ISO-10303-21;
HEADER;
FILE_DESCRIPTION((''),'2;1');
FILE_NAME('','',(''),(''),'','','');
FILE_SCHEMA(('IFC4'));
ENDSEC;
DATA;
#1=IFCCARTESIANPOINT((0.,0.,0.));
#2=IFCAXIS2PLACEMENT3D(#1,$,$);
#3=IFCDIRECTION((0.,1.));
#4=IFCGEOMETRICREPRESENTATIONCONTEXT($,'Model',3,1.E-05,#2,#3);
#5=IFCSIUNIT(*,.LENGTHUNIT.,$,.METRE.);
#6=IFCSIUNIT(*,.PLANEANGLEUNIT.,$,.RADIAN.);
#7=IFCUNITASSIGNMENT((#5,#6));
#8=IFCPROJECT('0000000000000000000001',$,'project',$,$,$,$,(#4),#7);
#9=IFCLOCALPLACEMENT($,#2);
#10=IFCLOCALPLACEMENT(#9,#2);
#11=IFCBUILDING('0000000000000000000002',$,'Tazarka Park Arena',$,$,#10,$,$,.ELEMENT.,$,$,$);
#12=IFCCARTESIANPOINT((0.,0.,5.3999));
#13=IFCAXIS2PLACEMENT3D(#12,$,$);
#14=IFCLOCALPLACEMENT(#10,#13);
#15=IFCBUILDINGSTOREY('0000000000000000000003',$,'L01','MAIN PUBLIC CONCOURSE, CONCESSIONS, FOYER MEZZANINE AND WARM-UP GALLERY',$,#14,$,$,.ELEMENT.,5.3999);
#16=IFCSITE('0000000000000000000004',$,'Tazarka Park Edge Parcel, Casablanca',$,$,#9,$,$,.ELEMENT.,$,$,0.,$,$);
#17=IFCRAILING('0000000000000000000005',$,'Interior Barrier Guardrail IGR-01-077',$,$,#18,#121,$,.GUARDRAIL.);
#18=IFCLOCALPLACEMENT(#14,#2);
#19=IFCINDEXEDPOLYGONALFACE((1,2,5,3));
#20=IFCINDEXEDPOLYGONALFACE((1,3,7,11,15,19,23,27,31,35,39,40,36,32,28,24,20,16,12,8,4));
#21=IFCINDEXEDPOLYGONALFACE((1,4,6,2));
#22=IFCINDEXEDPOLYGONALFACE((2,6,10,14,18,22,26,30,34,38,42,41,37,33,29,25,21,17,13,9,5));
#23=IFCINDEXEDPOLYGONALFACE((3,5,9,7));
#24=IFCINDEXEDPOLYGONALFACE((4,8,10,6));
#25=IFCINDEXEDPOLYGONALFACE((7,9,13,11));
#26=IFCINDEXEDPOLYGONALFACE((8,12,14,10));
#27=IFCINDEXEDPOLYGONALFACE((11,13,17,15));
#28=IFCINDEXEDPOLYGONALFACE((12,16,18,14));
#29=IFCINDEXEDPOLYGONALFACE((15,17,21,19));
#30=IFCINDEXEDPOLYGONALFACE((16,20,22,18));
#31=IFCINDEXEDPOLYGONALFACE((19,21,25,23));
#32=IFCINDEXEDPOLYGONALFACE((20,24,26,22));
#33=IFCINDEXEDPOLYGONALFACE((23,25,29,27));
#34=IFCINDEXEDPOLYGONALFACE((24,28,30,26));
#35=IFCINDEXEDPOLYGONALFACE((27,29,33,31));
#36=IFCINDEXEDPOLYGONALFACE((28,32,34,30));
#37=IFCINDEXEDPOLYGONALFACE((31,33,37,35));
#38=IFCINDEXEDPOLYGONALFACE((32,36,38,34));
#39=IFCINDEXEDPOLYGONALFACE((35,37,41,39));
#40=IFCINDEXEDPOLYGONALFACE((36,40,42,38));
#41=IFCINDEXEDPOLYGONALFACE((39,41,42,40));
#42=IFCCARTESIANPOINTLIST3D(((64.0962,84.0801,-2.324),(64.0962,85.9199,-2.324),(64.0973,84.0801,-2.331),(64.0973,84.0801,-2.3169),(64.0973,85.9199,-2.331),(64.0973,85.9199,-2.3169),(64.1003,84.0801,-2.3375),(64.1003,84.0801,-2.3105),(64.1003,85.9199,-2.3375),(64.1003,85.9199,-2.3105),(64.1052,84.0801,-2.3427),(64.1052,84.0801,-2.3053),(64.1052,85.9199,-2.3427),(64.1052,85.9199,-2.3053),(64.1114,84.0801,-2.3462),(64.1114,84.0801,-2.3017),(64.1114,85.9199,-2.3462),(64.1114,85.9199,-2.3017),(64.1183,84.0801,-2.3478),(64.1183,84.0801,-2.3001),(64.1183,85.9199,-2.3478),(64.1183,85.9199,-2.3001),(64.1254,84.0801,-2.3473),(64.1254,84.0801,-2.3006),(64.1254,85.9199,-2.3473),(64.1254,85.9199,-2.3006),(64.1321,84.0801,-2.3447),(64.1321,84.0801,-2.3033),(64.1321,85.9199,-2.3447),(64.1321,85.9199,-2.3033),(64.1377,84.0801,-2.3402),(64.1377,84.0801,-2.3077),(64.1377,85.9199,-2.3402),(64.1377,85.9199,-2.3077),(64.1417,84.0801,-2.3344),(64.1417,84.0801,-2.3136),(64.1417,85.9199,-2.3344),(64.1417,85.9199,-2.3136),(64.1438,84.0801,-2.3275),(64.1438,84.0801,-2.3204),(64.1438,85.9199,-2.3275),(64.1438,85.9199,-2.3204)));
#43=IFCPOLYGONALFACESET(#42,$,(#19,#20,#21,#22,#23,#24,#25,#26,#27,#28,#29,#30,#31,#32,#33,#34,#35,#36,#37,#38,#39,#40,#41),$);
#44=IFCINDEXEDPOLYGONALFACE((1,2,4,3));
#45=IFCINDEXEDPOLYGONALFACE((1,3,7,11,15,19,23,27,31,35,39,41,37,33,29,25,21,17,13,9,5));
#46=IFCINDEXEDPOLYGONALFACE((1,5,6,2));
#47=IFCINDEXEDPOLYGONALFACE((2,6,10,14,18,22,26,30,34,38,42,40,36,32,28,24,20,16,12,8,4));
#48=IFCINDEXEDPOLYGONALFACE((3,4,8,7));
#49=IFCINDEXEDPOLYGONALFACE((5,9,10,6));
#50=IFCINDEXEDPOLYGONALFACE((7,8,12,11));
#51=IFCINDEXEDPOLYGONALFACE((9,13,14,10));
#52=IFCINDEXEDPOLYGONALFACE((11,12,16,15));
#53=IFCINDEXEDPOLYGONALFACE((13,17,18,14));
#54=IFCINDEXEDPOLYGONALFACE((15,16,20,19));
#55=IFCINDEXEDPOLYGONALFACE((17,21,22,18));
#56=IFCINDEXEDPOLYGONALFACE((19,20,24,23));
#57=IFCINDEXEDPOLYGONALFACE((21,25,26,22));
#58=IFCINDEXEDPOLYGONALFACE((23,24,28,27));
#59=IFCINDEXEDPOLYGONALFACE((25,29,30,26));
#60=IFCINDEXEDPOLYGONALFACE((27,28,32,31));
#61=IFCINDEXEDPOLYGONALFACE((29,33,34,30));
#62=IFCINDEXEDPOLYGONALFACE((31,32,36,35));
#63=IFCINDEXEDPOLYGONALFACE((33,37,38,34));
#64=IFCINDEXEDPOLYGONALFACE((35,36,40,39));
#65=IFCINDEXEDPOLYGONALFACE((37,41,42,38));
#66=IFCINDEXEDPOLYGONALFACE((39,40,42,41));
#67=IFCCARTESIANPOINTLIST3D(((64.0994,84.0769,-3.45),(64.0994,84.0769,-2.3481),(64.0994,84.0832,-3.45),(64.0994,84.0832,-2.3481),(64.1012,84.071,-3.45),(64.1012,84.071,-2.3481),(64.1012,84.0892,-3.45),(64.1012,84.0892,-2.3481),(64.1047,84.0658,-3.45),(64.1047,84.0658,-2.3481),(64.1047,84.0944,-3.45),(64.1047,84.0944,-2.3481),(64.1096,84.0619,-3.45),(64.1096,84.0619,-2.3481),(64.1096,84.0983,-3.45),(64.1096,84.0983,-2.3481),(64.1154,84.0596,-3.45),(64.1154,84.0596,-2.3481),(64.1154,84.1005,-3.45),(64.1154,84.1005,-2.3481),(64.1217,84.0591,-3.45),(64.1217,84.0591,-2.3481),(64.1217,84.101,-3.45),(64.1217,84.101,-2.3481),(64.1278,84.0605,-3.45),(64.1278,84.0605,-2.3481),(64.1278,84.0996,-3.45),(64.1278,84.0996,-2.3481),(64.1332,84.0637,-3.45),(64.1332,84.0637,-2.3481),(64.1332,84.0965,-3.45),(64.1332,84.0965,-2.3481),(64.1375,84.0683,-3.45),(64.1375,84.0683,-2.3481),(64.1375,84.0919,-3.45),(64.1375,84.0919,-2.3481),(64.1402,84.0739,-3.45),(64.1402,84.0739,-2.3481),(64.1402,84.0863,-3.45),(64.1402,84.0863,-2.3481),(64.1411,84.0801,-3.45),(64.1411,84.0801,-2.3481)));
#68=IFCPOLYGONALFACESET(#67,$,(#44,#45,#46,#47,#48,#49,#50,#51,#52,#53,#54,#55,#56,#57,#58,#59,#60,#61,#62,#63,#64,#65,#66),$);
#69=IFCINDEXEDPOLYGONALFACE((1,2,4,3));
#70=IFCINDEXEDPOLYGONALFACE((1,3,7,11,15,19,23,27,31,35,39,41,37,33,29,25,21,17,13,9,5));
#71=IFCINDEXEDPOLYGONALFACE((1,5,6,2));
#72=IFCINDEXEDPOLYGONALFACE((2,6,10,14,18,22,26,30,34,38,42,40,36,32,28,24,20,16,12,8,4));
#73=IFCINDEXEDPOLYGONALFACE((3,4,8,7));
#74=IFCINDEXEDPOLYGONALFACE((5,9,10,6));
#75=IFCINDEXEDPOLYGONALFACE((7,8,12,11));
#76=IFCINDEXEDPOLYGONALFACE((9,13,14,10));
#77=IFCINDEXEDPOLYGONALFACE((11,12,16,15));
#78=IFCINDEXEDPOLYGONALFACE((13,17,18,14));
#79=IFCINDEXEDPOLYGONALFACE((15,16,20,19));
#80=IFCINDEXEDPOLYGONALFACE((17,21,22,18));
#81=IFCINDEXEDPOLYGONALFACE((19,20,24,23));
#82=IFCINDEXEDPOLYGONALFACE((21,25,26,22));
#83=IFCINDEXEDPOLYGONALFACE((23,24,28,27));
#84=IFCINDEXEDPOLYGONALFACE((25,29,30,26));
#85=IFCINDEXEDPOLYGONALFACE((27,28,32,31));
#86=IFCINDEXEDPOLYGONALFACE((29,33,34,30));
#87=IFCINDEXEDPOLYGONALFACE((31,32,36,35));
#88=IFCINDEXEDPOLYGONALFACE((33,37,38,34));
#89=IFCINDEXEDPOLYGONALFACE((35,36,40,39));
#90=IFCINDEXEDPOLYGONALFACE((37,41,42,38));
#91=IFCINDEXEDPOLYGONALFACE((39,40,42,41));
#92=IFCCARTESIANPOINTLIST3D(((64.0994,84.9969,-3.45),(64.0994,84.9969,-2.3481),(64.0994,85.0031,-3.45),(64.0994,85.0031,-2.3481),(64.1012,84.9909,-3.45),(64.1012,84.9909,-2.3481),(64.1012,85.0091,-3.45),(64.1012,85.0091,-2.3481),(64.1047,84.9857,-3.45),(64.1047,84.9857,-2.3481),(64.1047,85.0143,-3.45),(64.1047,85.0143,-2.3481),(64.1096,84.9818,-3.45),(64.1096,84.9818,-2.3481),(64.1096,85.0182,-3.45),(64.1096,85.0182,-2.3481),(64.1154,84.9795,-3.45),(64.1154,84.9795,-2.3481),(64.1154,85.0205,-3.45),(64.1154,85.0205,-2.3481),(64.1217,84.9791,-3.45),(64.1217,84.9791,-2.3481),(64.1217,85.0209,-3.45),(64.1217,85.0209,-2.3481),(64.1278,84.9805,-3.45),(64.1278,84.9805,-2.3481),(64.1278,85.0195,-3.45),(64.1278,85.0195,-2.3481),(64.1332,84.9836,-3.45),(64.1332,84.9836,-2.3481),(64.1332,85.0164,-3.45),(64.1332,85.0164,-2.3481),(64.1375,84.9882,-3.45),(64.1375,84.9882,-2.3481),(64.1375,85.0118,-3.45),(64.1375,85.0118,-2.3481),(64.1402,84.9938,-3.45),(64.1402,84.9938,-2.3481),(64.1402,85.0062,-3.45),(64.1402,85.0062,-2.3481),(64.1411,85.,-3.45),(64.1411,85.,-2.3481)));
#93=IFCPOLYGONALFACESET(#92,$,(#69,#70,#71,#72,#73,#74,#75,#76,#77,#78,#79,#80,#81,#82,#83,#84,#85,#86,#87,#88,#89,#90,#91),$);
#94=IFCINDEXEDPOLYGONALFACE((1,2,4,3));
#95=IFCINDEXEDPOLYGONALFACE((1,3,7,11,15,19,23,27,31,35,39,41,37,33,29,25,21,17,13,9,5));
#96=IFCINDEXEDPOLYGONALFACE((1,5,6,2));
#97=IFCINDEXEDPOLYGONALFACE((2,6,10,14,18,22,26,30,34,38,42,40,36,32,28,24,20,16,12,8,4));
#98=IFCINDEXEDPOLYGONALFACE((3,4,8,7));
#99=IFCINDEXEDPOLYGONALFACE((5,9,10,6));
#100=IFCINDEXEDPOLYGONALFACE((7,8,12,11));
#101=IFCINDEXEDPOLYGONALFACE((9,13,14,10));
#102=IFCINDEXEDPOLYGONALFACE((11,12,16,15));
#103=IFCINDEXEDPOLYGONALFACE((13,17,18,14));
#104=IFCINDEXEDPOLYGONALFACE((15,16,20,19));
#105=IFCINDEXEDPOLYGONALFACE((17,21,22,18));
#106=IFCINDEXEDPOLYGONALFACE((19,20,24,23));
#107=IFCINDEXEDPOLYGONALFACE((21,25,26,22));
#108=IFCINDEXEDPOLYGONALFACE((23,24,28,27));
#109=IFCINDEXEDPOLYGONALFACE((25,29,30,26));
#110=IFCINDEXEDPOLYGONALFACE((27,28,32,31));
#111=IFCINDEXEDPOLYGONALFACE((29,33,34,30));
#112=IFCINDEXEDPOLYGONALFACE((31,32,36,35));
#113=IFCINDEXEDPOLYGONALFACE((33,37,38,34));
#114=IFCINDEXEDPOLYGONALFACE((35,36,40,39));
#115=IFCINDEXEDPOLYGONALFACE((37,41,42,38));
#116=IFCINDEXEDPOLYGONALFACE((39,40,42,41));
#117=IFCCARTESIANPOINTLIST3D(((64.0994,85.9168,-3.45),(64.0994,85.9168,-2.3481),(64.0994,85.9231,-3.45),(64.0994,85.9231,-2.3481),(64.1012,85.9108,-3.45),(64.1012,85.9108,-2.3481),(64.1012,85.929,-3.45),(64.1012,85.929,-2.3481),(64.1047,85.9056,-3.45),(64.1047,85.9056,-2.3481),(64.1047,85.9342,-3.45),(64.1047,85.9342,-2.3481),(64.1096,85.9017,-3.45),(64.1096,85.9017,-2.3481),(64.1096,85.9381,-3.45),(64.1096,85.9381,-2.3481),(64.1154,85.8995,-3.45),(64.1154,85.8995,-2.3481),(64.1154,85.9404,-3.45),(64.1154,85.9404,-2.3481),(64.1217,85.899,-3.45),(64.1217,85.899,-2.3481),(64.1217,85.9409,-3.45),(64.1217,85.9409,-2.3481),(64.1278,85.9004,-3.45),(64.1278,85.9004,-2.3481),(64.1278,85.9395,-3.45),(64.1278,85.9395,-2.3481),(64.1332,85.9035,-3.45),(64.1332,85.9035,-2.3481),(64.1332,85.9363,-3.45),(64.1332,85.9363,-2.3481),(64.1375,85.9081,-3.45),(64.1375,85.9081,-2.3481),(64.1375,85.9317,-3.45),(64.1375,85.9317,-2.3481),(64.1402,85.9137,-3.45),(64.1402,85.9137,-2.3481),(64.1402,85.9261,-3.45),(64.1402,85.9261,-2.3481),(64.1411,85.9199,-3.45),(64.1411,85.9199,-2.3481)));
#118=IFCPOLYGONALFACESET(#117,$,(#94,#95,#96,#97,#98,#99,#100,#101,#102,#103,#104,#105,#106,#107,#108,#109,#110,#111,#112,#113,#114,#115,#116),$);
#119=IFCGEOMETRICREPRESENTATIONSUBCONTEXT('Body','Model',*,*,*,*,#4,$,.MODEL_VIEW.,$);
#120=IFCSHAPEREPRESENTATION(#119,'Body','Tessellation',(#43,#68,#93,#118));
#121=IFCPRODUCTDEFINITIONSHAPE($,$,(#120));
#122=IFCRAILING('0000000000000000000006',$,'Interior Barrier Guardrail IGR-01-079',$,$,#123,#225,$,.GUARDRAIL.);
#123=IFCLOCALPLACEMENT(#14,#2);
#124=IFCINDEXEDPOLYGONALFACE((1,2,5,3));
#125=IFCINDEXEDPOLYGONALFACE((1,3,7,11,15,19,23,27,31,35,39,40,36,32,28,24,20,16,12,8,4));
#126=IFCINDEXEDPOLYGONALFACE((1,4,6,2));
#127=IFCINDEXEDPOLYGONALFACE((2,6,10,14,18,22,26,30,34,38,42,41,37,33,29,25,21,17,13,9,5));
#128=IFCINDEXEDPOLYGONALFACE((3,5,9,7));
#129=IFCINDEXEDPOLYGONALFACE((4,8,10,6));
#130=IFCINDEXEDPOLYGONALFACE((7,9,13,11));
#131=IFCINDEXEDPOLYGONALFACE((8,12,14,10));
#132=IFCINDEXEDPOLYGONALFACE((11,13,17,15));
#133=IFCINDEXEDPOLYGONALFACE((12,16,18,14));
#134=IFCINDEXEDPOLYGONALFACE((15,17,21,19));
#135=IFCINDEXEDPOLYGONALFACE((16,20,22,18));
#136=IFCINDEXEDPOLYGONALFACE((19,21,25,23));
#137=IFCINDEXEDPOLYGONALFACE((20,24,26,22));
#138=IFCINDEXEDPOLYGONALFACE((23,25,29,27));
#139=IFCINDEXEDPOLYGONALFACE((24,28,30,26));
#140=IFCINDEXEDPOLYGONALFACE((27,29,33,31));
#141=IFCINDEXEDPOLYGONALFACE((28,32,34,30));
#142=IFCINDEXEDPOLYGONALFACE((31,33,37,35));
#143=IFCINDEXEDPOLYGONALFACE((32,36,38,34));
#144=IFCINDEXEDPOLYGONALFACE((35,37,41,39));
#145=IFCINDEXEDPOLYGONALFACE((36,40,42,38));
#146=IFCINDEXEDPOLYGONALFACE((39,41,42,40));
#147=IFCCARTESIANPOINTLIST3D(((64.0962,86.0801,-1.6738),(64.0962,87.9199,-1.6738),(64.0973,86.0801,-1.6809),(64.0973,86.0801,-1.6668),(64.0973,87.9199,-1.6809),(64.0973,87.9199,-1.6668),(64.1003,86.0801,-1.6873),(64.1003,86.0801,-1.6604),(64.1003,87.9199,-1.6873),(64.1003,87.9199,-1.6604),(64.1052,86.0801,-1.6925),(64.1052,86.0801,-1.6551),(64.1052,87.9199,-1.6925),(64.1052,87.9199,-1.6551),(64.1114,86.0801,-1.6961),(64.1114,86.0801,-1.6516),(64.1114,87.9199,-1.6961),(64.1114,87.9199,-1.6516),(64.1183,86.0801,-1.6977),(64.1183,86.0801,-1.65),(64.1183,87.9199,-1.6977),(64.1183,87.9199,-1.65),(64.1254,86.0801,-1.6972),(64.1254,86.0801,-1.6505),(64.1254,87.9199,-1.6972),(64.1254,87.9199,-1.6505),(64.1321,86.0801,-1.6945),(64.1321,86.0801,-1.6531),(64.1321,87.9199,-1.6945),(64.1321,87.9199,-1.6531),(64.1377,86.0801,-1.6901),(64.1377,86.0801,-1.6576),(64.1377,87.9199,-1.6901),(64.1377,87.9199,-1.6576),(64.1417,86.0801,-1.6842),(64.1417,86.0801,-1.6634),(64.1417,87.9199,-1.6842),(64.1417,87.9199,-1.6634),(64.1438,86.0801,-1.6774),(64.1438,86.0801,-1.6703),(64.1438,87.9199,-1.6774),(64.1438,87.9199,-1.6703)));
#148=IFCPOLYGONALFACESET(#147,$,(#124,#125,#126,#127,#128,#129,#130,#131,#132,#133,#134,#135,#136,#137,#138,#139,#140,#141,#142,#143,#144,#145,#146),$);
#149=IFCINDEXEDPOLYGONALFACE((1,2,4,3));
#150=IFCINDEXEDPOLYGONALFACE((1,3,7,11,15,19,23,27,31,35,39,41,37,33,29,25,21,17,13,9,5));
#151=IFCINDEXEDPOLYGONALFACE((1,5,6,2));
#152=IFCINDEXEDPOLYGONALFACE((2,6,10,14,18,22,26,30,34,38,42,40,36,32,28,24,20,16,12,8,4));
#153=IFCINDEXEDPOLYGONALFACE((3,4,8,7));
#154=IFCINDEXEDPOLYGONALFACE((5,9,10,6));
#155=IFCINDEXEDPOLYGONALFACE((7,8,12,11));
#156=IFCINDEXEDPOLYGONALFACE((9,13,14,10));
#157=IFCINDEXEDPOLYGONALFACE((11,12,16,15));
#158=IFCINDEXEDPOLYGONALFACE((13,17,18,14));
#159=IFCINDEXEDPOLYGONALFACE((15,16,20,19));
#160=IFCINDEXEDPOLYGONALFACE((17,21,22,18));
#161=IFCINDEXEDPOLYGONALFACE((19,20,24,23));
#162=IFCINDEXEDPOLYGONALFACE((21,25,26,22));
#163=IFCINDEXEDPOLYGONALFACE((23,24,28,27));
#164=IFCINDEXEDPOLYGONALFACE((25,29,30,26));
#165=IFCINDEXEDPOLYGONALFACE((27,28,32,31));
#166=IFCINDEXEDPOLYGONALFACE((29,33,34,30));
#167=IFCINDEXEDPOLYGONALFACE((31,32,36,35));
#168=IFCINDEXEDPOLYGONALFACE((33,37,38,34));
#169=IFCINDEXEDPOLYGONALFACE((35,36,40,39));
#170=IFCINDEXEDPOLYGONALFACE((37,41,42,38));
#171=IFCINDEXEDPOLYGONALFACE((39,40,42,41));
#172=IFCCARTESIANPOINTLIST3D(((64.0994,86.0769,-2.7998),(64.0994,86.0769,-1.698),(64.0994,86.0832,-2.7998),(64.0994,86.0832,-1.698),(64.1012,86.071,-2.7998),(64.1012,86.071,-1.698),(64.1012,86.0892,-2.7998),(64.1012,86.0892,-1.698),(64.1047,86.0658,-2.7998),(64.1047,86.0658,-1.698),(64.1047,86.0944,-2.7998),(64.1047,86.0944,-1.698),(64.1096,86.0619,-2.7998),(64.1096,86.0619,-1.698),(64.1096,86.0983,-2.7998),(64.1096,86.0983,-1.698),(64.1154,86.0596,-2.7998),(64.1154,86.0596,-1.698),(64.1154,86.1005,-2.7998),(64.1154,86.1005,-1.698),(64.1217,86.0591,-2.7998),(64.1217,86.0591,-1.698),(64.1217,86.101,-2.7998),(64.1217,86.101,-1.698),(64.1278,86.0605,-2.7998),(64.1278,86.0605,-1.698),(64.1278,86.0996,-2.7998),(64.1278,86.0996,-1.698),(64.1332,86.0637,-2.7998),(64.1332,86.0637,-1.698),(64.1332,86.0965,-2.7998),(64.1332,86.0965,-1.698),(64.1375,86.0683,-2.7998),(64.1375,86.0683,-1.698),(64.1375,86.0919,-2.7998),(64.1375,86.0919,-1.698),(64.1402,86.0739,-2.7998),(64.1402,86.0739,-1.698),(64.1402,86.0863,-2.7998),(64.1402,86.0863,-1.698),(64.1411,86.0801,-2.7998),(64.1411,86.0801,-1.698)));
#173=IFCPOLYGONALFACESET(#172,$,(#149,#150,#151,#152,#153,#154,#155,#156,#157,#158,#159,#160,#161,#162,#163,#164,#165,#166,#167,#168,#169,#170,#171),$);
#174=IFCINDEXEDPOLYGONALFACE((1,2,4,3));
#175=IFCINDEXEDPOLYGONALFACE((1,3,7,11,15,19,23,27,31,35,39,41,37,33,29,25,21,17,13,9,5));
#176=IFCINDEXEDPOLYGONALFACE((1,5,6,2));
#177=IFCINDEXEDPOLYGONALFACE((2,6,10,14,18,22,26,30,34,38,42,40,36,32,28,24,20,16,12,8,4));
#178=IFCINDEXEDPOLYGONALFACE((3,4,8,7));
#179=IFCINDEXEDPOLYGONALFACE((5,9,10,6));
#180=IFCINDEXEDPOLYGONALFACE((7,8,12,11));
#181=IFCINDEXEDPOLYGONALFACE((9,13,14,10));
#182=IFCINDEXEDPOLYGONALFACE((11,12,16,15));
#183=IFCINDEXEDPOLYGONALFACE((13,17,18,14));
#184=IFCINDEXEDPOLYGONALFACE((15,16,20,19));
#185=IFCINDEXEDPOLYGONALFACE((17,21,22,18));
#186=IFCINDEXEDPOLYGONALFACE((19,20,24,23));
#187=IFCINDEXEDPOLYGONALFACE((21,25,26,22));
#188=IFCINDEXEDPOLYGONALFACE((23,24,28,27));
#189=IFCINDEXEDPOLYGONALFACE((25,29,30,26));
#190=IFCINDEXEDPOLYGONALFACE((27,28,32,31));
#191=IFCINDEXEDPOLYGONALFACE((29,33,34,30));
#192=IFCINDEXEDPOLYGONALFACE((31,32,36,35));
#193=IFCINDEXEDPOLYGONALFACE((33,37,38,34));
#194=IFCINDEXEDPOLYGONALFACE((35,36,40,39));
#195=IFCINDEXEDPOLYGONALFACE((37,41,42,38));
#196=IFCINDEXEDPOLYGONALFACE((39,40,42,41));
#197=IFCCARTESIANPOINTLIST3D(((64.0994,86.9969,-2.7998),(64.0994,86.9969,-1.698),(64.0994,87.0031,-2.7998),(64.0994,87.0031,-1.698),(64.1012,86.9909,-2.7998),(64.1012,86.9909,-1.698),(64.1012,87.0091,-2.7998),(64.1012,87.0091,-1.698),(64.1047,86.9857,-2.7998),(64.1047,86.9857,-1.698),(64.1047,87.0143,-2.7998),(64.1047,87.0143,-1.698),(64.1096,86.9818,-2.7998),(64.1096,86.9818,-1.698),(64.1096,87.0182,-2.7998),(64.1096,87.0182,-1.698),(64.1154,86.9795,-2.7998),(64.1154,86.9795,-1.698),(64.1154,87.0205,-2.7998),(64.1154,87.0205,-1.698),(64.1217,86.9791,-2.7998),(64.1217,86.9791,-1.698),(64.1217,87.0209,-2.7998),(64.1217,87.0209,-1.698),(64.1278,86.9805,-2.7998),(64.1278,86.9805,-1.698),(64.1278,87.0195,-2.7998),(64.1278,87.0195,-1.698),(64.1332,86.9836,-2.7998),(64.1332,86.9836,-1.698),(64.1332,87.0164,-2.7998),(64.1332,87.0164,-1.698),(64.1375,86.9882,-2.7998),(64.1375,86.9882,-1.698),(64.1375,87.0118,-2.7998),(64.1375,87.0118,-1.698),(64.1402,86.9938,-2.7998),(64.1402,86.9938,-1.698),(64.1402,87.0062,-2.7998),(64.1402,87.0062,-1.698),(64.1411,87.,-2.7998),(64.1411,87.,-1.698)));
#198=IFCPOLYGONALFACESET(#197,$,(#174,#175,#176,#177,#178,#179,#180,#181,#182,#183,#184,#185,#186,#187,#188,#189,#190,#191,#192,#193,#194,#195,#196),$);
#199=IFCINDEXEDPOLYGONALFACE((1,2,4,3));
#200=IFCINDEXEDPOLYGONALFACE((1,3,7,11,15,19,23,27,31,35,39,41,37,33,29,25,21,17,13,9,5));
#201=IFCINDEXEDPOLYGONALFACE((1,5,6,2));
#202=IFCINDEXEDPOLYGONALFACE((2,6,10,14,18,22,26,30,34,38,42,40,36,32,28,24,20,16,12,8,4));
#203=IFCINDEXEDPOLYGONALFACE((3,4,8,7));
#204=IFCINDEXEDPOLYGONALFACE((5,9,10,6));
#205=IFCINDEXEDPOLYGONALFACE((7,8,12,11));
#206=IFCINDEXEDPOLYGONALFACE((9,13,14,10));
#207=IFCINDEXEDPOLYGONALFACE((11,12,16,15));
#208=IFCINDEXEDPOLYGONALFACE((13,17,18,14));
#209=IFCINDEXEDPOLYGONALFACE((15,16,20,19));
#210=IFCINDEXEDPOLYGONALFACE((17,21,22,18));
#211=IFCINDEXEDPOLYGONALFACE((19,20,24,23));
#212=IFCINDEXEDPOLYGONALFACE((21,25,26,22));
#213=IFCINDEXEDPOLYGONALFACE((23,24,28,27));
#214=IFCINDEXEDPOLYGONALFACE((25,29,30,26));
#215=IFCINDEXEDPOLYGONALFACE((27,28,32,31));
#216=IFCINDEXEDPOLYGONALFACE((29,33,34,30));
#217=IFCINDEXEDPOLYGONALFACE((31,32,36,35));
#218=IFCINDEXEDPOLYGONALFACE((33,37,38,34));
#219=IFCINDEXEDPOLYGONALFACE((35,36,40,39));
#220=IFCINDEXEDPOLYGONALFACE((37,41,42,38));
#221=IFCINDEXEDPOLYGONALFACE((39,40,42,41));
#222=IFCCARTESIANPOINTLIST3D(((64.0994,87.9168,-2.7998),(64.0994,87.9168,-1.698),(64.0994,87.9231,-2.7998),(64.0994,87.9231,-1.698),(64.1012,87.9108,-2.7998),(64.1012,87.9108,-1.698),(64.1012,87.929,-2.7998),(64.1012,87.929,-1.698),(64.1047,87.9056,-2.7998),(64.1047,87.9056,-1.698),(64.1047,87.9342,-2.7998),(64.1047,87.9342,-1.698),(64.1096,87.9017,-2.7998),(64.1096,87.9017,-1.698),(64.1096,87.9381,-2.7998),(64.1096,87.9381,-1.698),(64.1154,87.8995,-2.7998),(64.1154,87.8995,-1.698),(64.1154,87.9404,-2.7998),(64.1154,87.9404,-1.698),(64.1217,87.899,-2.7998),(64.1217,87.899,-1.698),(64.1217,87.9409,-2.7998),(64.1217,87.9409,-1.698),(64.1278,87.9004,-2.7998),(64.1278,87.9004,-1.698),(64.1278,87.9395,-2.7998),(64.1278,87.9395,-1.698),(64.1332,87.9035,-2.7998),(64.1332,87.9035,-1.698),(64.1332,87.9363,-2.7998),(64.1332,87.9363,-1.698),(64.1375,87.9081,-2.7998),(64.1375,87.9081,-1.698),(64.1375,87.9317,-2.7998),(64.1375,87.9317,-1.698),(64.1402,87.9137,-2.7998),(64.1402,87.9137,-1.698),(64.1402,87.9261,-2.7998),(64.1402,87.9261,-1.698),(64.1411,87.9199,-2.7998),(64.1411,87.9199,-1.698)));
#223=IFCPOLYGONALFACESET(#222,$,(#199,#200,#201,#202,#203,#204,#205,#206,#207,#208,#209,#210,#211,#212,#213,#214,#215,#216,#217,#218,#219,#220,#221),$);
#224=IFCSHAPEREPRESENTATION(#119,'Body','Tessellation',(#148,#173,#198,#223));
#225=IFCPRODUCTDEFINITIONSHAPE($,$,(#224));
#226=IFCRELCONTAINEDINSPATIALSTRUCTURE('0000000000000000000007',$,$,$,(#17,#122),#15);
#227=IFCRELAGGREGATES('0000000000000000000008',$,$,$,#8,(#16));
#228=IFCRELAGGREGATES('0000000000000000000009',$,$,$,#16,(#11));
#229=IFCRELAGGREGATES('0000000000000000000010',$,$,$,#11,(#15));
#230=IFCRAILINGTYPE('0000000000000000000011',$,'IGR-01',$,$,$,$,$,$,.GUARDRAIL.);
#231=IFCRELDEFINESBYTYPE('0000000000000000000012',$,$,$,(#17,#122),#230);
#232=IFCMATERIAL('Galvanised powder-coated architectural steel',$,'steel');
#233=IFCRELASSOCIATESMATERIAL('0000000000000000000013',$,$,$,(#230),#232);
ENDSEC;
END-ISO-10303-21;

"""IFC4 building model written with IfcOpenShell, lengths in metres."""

from ifc_helpers import new_model, si_unit, direction, frame, origin, origin_2d, place, context, subcontext, project, spatial, circle, extrude, material, type_object, element, save


model = new_model("IFC4")

# Units and contexts
model_context = context("Model", 3, precision=1e-05, world=origin(), true_north=direction((0.0, 1.0)))
body_context = subcontext(model_context, "Body", "Model", "MODEL_VIEW")
ifc_project = project(units=[si_unit("LENGTHUNIT", "METRE"), si_unit("PLANEANGLEUNIT", "RADIAN")], contexts=[model_context])

# Site, building, storey
site_placement = place(None, origin())
site = spatial("IfcSite", under=ifc_project, at=site_placement, Name="Tazarka Park Edge Parcel, Casablanca", CompositionType="ELEMENT", RefElevation=0.0)
building_placement = place(site_placement, origin())
building = spatial("IfcBuilding", under=site, at=building_placement, Name="Tazarka Park Arena", CompositionType="ELEMENT")
storey_placement = place(building_placement, frame((0.0, 0.0, 5.3999)))
storey = spatial("IfcBuildingStorey", under=building, at=storey_placement, Name="L01", Description="MAIN PUBLIC CONCOURSE, CONCESSIONS, FOYER MEZZANINE AND WARM-UP GALLERY", CompositionType="ELEMENT", Elevation=5.3999)

# Railings
ifc_material_1 = material(Name="Galvanised powder-coated architectural steel", Category="steel")
railing_type = type_object("IfcRailingType", Name="IGR-01", PredefinedType="GUARDRAIL", material=ifc_material_1)
for number, where, name in (
    (1, (64.1201, 84.0801, -3.45), "Interior Barrier Guardrail IGR-01-077"),
    (2, (64.1201, 86.0801, -2.7998), "Interior Barrier Guardrail IGR-01-079"),
):
    element("IfcRailing", number, at=place(storey_placement, frame(where)), inside=storey, type_object=railing_type, Name=name, PredefinedType="GUARDRAIL", context=body_context, shape_type="SweptSolid", body=[
        extrude(circle(Radius=0.0239, at=origin_2d()), frame((0.0, 0.0, 1.126), z_axis=(0.0, 1.0, 0.0), x_axis=(-1.0, 0.0, 0.0)), (0.0, 0.0, 1.0), 1.8398),
        extrude(circle(Radius=0.021, at=origin_2d()), origin(), (0.0, 0.0, 1.0), 1.1018),
        extrude(circle(Radius=0.021, at=origin_2d()), frame((0.0, 0.9199, 0.0)), (0.0, 0.0, 1.0), 1.1018),
        extrude(circle(Radius=0.021, at=origin_2d()), frame((0.0, 1.8398, 0.0)), (0.0, 0.0, 1.0), 1.1018),
    ])

save(model, "model.ifc")
